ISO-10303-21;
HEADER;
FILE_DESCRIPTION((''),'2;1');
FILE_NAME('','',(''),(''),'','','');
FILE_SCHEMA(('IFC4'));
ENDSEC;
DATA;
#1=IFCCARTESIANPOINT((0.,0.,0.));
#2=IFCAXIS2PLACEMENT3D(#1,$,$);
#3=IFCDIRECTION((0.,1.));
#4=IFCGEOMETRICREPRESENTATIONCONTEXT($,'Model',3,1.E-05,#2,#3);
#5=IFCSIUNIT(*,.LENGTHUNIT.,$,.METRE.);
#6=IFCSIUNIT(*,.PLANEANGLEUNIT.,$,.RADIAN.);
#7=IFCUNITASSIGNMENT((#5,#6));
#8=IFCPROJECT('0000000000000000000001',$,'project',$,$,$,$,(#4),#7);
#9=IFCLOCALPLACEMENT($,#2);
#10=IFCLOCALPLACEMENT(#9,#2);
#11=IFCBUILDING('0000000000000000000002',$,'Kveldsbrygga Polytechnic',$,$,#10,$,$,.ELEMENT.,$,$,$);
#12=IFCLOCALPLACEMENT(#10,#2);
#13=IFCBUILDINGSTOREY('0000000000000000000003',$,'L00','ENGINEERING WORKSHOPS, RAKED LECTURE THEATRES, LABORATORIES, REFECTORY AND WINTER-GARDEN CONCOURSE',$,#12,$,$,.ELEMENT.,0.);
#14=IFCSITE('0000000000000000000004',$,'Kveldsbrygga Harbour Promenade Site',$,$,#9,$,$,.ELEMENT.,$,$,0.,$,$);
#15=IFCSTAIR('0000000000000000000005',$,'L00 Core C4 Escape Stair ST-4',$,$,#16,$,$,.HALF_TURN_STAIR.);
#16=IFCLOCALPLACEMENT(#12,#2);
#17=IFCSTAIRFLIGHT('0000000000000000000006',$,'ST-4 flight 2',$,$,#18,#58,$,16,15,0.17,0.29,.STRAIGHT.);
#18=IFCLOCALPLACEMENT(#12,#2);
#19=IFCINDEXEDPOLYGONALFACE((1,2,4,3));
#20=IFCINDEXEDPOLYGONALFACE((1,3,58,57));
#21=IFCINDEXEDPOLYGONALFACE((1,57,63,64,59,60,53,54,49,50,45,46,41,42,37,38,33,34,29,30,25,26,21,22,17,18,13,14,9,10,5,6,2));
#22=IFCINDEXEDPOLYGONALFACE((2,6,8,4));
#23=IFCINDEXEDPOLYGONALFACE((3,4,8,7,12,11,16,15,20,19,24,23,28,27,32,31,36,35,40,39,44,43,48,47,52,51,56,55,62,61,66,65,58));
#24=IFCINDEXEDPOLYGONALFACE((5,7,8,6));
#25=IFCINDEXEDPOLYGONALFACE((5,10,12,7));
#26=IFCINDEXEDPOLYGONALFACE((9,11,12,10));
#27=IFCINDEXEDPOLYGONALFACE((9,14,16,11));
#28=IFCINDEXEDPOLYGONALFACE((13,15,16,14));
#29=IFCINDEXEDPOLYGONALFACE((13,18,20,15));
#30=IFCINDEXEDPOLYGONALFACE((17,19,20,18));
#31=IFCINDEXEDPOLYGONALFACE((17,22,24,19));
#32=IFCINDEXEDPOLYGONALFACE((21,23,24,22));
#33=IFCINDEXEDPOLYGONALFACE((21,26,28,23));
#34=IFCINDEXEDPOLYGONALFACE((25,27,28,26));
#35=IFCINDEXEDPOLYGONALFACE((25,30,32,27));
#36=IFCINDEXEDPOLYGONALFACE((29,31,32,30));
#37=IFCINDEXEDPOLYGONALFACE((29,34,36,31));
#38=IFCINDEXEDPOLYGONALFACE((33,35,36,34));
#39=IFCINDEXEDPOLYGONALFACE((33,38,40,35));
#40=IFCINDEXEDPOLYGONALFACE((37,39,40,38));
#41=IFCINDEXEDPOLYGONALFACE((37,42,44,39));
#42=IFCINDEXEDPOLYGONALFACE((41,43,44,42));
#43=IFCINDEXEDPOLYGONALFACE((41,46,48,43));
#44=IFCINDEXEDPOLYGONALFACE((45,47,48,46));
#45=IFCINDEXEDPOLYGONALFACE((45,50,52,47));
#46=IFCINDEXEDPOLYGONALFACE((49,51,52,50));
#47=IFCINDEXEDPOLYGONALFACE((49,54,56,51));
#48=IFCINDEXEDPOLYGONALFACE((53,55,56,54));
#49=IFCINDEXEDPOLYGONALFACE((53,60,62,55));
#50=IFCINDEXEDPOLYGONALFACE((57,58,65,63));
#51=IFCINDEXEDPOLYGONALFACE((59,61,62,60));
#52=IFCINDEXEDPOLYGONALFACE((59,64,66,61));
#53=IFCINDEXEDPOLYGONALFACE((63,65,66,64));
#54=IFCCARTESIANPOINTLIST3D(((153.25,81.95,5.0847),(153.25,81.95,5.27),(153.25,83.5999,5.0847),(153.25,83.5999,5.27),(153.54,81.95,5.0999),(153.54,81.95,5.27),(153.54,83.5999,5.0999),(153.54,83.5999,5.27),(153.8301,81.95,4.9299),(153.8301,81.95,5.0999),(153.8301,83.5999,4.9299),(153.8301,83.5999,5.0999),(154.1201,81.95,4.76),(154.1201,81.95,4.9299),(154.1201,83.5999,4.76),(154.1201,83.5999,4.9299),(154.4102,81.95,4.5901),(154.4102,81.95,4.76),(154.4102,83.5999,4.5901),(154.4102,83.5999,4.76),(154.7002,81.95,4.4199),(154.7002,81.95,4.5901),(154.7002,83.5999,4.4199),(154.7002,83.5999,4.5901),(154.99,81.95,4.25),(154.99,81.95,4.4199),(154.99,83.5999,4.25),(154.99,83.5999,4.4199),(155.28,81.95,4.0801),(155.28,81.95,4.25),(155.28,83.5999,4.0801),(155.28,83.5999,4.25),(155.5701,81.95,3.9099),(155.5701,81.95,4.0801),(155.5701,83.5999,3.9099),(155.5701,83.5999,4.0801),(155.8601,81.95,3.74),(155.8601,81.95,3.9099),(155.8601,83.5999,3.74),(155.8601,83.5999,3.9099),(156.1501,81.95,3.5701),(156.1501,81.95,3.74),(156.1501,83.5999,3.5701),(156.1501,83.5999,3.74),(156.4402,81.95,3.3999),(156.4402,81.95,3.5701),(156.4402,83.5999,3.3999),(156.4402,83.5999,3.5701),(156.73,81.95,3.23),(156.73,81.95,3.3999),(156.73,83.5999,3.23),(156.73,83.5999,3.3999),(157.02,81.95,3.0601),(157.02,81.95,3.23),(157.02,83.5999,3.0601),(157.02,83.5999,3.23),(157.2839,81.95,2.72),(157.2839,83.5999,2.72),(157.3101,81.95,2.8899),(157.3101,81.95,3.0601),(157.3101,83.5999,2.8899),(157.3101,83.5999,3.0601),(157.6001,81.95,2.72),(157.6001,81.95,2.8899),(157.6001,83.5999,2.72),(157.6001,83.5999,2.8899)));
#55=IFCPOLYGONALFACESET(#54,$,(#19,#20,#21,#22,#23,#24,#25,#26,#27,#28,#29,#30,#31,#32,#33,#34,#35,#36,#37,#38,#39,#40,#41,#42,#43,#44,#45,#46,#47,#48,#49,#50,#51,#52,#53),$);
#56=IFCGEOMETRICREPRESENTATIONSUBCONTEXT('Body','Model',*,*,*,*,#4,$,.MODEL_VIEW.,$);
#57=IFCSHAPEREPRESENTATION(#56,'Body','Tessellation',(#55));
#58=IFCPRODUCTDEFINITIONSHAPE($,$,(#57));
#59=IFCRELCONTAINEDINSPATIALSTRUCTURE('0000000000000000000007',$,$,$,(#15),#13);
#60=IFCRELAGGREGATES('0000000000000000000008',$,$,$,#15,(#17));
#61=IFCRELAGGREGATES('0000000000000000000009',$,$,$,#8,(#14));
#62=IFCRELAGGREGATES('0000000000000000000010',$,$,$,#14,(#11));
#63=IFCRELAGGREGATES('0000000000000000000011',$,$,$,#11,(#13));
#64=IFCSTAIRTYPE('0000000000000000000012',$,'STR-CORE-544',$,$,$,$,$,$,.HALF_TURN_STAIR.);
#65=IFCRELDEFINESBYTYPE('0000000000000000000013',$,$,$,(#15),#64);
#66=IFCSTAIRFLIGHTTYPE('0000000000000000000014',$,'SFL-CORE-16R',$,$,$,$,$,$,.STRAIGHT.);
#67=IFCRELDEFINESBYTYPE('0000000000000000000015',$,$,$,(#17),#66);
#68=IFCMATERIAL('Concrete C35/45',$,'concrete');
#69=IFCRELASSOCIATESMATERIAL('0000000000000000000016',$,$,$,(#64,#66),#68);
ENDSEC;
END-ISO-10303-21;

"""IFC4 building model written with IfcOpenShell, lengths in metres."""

from ifc_helpers import new_model, si_unit, direction, frame, origin, place, context, subcontext, project, spatial, polyline, outline, extrude, material, type_object, element, aggregate, save


model = new_model("IFC4")

# Units and contexts
model_context = context("Model", 3, precision=1e-05, world=origin(), true_north=direction((0.0, 1.0)))
body_context = subcontext(model_context, "Body", "Model", "MODEL_VIEW")
ifc_project = project(units=[si_unit("LENGTHUNIT", "METRE"), si_unit("PLANEANGLEUNIT", "RADIAN")], contexts=[model_context])

# Site, building, storey
site_placement = place(None, origin())
site = spatial("IfcSite", under=ifc_project, at=site_placement, Name="Kveldsbrygga Harbour Promenade Site", CompositionType="ELEMENT", RefElevation=0.0)
building_placement = place(site_placement, origin())
building = spatial("IfcBuilding", under=site, at=building_placement, Name="Kveldsbrygga Polytechnic", CompositionType="ELEMENT")
storey_placement = place(building_placement, origin())
storey = spatial("IfcBuildingStorey", under=building, at=storey_placement, Name="L00", Description="ENGINEERING WORKSHOPS, RAKED LECTURE THEATRES, LABORATORIES, REFECTORY AND WINTER-GARDEN CONCOURSE", CompositionType="ELEMENT", Elevation=0.0)

# Shared definitions
ifc_material_1 = material(Name="Concrete C35/45", Category="concrete")

# Stair, stair flight
stair_type = type_object("IfcStairType", Name="STR-CORE-544", PredefinedType="HALF_TURN_STAIR", material=ifc_material_1)
stair_placement = place(storey_placement, origin())
stair = element("IfcStair", 1, at=stair_placement, inside=storey, type_object=stair_type, Name="L00 Core C4 Escape Stair ST-4", PredefinedType="HALF_TURN_STAIR")
stair_flight_type = type_object("IfcStairFlightType", Name="SFL-CORE-16R", PredefinedType="STRAIGHT", material=ifc_material_1)
stair_flight_1_placement = place(storey_placement, frame((157.6001, 82.7749, 2.72), z_axis=(0.0, 0.0, 1.0), x_axis=(-1.0, 0.0, 0.0)))
stair_flight_1 = element("IfcStairFlight", 2, at=stair_flight_1_placement, type_object=stair_flight_type, Name="ST-4 flight 2", NumberOfRisers=16, NumberOfTreads=15, PredefinedType="STRAIGHT", RiserHeight=0.17, TreadLength=0.29, context=body_context, shape_type="SweptSolid", body=[
    extrude(outline(polyline([(0.0, 0.0), (0.0, 0.1699), (0.29, 0.1699), (0.29, 0.3401), (0.5801, 0.3401), (0.5801, 0.51), (0.8701, 0.51), (0.8701, 0.6799), (1.1599, 0.6799), (1.1599, 0.8501), (1.45, 0.8501), (1.45, 1.02), (1.74, 1.02), (1.74, 1.1899), (2.03, 1.1899), (2.03, 1.3601), (2.3201, 1.3601), (2.3201, 1.53), (2.6101, 1.53), (2.6101, 1.7), (2.8999, 1.7), (2.8999, 1.8701), (3.1899, 1.8701), (3.1899, 2.04), (3.48, 2.04), (3.48, 2.21), (3.77, 2.21), (3.77, 2.3799), (4.0601, 2.3799), (4.0601, 2.55), (4.3501, 2.55), (4.3501, 2.72), (4.3501, 2.3647), (0.3162, 0.0), (0.0, 0.0)])), frame((0.0, 0.825, 0.0), z_axis=(0.0, -1.0, 0.0), x_axis=(1.0, 0.0, 0.0)), (0.0, 0.0, 1.0), 1.6499),
])
aggregate(stair, [stair_flight_1])

save(model, "model.ifc")
